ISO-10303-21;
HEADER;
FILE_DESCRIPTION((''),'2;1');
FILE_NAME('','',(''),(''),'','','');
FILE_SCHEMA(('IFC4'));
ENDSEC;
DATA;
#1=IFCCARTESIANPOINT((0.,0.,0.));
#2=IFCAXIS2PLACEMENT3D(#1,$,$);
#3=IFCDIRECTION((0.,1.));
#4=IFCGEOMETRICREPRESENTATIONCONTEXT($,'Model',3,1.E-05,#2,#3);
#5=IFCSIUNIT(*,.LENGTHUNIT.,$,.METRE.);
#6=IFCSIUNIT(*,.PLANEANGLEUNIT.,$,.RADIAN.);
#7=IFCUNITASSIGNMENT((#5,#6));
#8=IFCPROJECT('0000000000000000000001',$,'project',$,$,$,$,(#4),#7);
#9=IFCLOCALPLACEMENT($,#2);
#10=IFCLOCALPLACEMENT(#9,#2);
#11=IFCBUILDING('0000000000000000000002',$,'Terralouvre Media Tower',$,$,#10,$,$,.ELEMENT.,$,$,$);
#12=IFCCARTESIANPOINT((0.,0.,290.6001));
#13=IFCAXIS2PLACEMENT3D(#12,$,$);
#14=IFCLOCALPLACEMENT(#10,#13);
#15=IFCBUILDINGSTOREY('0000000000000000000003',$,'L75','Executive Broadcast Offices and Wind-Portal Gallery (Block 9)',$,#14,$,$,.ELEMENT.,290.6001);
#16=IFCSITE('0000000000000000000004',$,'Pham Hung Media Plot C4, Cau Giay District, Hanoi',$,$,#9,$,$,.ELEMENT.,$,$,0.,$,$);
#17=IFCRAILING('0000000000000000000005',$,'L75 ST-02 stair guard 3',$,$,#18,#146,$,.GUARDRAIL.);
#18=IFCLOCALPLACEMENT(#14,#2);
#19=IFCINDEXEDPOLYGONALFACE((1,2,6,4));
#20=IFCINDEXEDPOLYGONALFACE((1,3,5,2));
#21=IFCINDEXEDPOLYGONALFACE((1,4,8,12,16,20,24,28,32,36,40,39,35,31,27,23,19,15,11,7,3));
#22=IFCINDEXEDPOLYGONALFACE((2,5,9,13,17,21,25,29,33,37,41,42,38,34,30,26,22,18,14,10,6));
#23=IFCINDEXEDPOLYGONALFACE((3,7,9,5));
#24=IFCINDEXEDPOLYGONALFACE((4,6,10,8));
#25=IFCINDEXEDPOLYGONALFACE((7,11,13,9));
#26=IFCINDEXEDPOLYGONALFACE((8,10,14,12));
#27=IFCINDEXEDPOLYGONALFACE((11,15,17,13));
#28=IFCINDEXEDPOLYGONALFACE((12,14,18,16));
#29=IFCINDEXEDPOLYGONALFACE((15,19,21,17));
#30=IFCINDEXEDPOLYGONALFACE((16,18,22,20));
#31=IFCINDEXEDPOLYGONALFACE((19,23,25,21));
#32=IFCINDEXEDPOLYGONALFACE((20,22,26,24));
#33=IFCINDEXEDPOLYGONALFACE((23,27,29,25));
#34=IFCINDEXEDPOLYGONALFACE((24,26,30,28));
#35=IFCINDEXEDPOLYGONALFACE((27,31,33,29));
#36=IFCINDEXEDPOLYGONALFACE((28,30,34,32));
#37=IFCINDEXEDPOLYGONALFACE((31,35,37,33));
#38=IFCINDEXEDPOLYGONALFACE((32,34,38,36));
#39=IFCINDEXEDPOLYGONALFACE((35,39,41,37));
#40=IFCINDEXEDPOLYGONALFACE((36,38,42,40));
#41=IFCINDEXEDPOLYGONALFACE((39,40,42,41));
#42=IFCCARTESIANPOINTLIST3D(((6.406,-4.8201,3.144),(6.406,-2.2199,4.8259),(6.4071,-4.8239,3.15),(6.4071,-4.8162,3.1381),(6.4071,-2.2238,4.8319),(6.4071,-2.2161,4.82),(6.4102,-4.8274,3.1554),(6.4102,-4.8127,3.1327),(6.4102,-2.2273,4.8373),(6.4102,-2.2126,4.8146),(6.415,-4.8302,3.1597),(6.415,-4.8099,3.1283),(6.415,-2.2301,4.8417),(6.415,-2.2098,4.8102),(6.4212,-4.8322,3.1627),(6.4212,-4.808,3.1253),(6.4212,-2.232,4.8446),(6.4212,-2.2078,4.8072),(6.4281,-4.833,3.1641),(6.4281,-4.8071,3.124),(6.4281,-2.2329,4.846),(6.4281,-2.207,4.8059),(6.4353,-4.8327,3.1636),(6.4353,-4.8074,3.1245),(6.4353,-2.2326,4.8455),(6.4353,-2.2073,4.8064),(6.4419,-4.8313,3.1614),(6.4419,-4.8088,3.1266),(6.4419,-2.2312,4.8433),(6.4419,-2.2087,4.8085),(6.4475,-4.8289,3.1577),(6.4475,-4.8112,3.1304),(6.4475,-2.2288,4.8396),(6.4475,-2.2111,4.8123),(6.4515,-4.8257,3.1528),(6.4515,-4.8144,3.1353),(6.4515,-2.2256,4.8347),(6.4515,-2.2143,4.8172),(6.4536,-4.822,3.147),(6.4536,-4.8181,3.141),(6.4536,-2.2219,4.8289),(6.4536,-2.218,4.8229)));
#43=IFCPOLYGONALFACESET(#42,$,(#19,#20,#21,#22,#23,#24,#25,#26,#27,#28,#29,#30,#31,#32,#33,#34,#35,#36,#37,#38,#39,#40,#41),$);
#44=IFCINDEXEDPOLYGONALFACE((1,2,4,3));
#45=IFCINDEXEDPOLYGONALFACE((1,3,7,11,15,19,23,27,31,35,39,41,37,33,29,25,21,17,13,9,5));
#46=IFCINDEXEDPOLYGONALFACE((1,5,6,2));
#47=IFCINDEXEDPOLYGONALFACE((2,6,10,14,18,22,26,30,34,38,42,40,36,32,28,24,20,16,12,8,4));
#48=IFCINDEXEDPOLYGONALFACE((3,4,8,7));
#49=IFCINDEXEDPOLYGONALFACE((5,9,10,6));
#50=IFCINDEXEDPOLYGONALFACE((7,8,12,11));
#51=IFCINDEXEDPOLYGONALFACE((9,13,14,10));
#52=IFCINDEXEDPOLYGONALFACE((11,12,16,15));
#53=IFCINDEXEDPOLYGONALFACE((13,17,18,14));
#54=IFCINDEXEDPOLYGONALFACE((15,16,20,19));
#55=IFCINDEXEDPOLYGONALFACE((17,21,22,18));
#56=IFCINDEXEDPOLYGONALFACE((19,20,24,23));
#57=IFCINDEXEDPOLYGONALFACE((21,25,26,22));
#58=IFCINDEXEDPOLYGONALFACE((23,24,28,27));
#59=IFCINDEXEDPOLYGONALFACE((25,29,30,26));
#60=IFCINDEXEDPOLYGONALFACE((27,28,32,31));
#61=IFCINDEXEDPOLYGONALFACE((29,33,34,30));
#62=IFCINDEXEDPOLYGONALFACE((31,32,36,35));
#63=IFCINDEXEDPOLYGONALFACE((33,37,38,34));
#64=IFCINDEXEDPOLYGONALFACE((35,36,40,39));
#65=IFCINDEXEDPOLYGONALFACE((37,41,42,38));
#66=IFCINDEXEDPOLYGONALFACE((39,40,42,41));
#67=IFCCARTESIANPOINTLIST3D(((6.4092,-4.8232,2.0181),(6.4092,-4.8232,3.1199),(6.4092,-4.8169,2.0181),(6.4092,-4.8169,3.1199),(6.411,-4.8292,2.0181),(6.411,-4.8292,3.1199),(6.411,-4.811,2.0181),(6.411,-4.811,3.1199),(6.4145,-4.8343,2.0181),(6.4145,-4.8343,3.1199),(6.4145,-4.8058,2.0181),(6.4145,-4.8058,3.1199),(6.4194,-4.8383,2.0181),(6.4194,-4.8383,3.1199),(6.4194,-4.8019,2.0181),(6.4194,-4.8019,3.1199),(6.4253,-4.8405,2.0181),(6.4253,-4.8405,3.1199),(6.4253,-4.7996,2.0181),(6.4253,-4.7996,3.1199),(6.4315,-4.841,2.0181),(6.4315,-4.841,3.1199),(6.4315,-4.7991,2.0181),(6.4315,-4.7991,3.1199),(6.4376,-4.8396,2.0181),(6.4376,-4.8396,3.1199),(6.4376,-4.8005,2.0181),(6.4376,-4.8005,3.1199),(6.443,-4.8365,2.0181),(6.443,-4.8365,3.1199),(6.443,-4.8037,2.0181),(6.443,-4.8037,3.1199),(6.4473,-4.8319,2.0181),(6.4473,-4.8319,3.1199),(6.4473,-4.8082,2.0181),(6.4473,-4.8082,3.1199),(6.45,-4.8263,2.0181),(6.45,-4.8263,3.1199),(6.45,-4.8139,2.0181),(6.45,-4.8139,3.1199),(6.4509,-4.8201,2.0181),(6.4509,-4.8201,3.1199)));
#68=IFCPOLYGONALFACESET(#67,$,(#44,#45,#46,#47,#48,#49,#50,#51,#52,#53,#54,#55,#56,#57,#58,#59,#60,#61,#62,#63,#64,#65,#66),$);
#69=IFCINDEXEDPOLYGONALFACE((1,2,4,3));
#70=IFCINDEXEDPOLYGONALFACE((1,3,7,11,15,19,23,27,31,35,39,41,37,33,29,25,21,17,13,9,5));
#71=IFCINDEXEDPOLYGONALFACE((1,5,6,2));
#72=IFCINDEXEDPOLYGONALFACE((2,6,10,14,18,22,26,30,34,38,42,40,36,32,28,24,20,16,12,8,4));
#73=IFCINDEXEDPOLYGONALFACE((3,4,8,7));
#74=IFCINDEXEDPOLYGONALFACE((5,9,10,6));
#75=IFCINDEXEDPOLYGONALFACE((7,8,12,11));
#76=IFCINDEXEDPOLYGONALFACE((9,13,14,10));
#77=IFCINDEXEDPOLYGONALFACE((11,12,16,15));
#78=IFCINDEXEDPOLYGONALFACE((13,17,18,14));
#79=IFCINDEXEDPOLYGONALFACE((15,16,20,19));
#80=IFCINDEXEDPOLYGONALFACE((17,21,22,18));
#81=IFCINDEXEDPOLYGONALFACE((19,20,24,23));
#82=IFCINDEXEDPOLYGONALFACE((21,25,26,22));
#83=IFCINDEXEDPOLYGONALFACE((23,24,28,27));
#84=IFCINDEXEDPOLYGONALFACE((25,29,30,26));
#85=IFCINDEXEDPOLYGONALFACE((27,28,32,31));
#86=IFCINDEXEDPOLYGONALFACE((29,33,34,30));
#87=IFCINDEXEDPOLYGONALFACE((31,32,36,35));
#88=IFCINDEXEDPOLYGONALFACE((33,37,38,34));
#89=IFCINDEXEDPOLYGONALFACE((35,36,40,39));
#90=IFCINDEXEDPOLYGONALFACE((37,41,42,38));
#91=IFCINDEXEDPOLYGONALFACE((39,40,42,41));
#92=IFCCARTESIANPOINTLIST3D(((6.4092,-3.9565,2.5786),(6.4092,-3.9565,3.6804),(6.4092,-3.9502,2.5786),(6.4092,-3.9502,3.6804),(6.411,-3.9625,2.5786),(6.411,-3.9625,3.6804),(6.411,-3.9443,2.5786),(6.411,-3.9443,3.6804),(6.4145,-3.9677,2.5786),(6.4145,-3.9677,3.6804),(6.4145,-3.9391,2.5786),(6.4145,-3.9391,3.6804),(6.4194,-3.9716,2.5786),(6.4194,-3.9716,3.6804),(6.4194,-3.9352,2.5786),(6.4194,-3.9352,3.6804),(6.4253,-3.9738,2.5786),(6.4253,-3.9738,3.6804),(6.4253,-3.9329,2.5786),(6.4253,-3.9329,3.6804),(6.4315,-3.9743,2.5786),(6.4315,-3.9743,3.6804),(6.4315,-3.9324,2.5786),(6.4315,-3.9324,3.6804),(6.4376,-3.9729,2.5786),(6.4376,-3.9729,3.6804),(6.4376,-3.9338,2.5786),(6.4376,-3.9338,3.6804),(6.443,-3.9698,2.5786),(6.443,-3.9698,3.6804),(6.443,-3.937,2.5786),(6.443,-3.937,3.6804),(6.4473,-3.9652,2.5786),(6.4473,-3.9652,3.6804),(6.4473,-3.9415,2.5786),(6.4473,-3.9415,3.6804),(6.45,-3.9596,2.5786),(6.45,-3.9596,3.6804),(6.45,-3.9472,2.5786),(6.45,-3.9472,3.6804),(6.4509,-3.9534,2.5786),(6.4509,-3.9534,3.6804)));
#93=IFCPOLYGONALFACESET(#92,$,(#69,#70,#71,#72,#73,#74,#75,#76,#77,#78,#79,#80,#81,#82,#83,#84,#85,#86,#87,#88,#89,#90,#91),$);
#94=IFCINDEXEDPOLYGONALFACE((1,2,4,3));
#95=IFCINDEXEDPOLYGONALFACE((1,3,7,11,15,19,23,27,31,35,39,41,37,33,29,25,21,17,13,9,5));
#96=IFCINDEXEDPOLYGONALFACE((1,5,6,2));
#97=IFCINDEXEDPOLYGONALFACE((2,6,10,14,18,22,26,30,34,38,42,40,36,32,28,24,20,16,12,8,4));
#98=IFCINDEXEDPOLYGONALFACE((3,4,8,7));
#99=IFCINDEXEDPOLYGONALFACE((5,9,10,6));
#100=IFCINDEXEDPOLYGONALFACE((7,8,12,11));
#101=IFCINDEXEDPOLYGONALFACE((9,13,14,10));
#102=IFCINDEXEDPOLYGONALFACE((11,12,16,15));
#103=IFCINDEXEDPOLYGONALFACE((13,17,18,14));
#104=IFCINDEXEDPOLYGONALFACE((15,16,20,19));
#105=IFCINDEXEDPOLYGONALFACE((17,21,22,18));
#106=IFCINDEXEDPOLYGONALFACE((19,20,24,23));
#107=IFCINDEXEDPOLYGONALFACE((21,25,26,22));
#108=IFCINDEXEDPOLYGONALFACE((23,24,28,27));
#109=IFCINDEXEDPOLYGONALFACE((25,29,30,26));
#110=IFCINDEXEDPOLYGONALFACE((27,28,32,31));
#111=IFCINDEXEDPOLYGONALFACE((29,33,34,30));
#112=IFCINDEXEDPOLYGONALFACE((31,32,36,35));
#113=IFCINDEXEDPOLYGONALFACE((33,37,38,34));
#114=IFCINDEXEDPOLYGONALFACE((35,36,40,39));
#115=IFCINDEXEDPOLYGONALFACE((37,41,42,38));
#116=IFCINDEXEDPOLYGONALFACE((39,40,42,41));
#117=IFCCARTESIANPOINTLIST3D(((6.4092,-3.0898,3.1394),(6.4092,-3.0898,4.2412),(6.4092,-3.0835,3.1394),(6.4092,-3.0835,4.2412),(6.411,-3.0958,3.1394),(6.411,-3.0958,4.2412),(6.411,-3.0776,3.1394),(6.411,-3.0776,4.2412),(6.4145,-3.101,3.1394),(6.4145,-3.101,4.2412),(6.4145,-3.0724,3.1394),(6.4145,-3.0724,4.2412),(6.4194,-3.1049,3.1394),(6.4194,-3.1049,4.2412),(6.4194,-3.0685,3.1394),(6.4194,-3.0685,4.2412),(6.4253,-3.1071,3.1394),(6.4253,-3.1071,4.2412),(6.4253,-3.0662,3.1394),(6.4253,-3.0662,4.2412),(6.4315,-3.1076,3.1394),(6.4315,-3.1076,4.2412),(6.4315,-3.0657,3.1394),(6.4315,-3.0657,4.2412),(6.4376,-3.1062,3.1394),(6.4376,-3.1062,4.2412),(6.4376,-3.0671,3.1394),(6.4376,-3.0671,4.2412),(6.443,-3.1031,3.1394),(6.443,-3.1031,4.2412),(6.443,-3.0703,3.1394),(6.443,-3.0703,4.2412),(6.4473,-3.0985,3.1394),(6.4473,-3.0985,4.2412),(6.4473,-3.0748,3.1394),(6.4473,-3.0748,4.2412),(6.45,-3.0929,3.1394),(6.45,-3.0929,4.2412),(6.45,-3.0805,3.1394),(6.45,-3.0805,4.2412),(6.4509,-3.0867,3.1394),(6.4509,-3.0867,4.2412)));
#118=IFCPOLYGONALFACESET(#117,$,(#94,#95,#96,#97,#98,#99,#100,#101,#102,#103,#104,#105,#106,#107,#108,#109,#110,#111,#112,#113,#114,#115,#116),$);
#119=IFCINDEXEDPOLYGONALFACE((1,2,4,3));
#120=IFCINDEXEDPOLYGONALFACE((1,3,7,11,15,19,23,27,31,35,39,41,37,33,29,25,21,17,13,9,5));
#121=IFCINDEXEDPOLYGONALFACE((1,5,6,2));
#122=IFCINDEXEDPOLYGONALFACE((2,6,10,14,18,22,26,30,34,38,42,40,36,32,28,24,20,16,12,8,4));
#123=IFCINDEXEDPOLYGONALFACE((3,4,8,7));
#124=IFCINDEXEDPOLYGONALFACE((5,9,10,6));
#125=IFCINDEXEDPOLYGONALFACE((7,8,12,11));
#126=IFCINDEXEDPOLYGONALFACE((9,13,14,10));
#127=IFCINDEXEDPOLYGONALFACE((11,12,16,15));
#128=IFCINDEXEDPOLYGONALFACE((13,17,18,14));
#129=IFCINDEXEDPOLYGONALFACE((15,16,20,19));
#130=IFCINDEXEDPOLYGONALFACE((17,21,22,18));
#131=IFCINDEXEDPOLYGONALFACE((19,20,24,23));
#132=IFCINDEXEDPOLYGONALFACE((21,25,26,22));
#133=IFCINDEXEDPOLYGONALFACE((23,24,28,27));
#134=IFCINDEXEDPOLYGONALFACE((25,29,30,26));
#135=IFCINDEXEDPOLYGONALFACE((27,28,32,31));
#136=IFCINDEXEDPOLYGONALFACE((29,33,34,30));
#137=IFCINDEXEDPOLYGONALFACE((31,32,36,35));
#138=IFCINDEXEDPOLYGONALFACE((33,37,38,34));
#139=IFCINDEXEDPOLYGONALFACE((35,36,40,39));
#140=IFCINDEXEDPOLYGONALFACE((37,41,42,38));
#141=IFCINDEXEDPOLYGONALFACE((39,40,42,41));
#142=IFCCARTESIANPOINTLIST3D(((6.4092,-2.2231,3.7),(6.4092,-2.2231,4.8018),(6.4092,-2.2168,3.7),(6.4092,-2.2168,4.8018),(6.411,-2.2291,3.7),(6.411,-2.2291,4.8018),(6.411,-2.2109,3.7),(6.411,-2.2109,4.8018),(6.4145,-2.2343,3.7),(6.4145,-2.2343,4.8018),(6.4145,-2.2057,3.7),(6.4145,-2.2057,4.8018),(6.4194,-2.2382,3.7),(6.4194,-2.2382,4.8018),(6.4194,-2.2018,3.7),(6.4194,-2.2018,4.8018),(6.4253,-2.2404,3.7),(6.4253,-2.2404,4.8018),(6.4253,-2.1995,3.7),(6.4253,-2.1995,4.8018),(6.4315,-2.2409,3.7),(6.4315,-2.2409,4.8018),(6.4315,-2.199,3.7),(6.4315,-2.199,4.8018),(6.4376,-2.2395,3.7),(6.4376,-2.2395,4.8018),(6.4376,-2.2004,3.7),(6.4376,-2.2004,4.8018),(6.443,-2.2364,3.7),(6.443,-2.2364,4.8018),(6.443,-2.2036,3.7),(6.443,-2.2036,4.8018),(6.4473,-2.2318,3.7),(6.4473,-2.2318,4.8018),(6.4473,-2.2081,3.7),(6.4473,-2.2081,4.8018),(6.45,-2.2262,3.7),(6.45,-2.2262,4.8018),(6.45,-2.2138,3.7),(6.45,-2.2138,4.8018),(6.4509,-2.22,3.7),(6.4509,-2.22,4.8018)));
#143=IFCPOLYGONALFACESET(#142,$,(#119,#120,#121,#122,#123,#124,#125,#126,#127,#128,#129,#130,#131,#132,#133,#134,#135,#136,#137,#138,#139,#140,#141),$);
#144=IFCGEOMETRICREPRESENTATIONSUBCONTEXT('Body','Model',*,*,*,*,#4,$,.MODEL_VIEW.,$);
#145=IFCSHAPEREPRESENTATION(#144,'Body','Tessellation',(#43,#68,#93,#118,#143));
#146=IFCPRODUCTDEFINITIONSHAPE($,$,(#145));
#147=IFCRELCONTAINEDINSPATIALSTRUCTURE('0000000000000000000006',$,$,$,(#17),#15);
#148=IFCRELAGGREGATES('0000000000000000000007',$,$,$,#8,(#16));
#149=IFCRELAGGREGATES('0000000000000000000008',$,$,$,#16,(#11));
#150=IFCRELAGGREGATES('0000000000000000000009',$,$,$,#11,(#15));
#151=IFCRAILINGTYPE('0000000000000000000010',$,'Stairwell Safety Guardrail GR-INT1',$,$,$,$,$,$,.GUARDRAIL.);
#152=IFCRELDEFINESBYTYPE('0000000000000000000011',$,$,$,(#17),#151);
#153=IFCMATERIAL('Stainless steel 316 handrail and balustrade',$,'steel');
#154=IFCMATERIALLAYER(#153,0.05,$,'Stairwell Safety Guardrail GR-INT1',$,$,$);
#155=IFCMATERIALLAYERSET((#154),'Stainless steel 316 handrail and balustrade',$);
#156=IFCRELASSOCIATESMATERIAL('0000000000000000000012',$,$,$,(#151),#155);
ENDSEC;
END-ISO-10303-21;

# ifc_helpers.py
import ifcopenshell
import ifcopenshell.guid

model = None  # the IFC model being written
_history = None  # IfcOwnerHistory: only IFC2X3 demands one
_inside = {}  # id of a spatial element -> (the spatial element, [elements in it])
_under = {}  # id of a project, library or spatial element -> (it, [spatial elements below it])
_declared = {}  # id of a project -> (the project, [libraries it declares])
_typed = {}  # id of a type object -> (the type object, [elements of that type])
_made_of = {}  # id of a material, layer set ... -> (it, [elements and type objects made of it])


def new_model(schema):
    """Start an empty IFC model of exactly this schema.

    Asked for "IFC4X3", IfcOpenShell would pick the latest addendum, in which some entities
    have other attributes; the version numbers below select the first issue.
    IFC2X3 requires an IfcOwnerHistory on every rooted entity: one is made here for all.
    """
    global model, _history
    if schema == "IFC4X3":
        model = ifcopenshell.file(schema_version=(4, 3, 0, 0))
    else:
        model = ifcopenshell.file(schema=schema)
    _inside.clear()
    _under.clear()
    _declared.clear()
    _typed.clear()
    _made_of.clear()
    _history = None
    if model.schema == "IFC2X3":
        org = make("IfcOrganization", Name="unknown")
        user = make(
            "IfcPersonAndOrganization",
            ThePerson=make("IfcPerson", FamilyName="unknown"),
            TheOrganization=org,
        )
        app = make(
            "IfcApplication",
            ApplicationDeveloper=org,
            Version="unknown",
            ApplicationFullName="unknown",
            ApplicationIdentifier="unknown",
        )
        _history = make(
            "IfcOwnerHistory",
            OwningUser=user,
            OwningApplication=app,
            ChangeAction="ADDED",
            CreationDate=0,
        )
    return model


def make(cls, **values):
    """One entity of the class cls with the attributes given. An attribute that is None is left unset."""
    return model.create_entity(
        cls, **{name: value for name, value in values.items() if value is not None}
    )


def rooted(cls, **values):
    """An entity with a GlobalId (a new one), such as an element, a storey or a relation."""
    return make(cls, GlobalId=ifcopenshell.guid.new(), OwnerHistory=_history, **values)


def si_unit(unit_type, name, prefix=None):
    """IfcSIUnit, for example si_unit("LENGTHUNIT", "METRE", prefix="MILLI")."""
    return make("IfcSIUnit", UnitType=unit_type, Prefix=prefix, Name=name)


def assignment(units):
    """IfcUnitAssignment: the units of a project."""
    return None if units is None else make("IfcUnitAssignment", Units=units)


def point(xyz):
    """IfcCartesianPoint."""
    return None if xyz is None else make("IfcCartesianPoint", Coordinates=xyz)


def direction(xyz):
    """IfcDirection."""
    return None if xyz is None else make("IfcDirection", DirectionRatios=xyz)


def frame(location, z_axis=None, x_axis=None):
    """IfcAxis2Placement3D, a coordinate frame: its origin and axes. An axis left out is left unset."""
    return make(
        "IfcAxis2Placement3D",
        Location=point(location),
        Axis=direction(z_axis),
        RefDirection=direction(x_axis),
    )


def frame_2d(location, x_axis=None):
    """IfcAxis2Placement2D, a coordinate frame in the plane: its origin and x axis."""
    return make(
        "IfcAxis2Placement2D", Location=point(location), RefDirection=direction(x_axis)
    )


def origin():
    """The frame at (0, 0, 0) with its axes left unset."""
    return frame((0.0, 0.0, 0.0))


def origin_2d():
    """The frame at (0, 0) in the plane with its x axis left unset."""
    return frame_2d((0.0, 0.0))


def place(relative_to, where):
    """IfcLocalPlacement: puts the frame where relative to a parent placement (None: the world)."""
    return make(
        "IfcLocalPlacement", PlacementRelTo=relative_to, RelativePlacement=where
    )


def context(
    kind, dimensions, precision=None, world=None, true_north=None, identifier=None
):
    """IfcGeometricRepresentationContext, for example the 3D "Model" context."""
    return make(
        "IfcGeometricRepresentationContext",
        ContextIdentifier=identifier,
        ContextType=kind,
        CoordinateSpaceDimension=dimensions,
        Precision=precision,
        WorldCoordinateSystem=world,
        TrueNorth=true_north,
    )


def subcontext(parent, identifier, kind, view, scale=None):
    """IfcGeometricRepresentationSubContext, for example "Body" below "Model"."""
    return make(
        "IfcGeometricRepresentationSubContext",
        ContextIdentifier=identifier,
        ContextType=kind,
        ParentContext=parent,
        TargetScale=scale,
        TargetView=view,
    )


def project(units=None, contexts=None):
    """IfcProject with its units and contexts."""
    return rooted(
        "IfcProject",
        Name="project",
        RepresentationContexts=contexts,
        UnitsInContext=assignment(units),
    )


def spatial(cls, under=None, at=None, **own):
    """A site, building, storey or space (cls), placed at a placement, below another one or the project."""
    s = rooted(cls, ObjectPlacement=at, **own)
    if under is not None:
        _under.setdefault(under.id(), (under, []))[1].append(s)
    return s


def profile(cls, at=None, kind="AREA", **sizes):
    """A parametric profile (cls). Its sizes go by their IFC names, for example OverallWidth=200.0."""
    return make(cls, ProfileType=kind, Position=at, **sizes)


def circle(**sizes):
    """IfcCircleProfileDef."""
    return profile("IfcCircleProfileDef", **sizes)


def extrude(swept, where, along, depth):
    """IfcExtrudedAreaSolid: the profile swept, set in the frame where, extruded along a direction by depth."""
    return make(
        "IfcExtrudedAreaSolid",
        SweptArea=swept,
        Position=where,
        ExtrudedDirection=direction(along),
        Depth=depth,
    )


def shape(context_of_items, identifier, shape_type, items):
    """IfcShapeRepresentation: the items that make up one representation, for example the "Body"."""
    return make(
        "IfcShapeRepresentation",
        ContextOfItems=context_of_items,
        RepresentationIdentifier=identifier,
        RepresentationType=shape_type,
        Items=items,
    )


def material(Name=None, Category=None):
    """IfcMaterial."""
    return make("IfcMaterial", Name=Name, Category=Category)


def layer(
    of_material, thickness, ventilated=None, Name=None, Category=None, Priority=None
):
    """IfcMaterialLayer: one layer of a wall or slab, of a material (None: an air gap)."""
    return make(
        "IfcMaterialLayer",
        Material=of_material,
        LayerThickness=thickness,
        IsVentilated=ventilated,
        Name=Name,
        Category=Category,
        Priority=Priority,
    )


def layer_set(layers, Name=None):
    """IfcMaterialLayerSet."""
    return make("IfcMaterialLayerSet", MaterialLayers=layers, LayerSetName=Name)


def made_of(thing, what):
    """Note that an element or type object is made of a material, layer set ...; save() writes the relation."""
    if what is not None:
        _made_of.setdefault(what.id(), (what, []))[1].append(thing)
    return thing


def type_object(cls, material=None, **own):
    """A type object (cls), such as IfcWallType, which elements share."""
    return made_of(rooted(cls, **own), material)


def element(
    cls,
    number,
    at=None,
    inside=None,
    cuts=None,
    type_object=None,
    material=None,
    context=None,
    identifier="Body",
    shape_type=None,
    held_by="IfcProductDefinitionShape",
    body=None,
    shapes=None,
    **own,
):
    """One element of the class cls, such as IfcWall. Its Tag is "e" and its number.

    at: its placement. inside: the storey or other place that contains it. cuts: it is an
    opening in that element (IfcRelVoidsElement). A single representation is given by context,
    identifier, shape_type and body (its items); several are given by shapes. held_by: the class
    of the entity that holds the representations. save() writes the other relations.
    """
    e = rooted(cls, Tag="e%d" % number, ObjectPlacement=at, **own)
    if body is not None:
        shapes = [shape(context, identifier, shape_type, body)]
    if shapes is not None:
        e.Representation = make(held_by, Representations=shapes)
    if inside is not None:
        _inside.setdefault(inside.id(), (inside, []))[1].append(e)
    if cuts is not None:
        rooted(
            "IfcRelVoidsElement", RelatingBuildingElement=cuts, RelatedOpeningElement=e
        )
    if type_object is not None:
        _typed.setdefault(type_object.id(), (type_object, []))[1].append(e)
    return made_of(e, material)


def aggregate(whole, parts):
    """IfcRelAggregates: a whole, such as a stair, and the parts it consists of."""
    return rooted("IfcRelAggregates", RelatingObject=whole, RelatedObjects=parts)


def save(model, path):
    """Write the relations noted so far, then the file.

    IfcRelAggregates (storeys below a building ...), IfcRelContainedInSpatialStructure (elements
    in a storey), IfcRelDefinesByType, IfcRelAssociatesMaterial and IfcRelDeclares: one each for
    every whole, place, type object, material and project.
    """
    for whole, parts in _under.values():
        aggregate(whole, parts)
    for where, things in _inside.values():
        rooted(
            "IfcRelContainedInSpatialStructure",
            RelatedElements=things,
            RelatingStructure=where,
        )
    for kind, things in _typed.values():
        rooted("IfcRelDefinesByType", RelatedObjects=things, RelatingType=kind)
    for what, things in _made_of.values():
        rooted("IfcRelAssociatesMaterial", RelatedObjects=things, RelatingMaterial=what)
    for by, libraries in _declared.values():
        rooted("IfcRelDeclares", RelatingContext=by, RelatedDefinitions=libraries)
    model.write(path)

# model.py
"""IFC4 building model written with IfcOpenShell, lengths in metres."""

from ifc_helpers import new_model, si_unit, direction, frame, origin, origin_2d, place, context, subcontext, project, spatial, circle, extrude, material, layer, layer_set, type_object, element, save


model = new_model("IFC4")

# Units and contexts
model_context = context("Model", 3, precision=1e-05, world=origin(), true_north=direction((0.0, 1.0)))
body_context = subcontext(model_context, "Body", "Model", "MODEL_VIEW")
ifc_project = project(units=[si_unit("LENGTHUNIT", "METRE"), si_unit("PLANEANGLEUNIT", "RADIAN")], contexts=[model_context])

# Site, building, storey
site_placement = place(None, origin())
site = spatial("IfcSite", under=ifc_project, at=site_placement, Name="Pham Hung Media Plot C4, Cau Giay District, Hanoi", CompositionType="ELEMENT", RefElevation=0.0)
building_placement = place(site_placement, origin())
building = spatial("IfcBuilding", under=site, at=building_placement, Name="Terralouvre Media Tower", CompositionType="ELEMENT")
storey_placement = place(building_placement, frame((0.0, 0.0, 290.6001)))
storey = spatial("IfcBuildingStorey", under=building, at=storey_placement, Name="L75", Description="Executive Broadcast Offices and Wind-Portal Gallery (Block 9)", CompositionType="ELEMENT", Elevation=290.6001)

# Railing
ifc_material_1 = material(Name="Stainless steel 316 handrail and balustrade", Category="steel")
ifc_layer_1 = layer(ifc_material_1, 0.05, Name="Stairwell Safety Guardrail GR-INT1")
ifc_layer_set_1 = layer_set([ifc_layer_1], Name="Stainless steel 316 handrail and balustrade")
railing_type_1 = type_object("IfcRailingType", Name="Stairwell Safety Guardrail GR-INT1", PredefinedType="GUARDRAIL", material=ifc_layer_set_1)
railing_1_placement = place(storey_placement, frame((6.4299, -4.8201, 2.0181)))
element("IfcRailing", 1, at=railing_1_placement, inside=storey, type_object=railing_type_1, Name="L75 ST-02 stair guard 3", PredefinedType="GUARDRAIL", context=body_context, shape_type="SweptSolid", body=[
    extrude(circle(Radius=0.0239, at=origin_2d()), frame((0.0, 0.0, 1.126), z_axis=(0.0, 0.839648, 0.54313), x_axis=(-1.0, 0.0, 0.0)), (0.0, 0.0, 1.0), 3.0967),
    extrude(circle(Radius=0.021, at=origin_2d()), origin(), (0.0, 0.0, 1.0), 1.1018),
    extrude(circle(Radius=0.021, at=origin_2d()), frame((0.0, 0.8667, 0.5605)), (0.0, 0.0, 1.0), 1.1018),
    extrude(circle(Radius=0.021, at=origin_2d()), frame((0.0, 1.7334, 1.1213)), (0.0, 0.0, 1.0), 1.1018),
    extrude(circle(Radius=0.021, at=origin_2d()), frame((0.0, 2.6001, 1.6819)), (0.0, 0.0, 1.0), 1.1018),
])

save(model, "model.ifc")
